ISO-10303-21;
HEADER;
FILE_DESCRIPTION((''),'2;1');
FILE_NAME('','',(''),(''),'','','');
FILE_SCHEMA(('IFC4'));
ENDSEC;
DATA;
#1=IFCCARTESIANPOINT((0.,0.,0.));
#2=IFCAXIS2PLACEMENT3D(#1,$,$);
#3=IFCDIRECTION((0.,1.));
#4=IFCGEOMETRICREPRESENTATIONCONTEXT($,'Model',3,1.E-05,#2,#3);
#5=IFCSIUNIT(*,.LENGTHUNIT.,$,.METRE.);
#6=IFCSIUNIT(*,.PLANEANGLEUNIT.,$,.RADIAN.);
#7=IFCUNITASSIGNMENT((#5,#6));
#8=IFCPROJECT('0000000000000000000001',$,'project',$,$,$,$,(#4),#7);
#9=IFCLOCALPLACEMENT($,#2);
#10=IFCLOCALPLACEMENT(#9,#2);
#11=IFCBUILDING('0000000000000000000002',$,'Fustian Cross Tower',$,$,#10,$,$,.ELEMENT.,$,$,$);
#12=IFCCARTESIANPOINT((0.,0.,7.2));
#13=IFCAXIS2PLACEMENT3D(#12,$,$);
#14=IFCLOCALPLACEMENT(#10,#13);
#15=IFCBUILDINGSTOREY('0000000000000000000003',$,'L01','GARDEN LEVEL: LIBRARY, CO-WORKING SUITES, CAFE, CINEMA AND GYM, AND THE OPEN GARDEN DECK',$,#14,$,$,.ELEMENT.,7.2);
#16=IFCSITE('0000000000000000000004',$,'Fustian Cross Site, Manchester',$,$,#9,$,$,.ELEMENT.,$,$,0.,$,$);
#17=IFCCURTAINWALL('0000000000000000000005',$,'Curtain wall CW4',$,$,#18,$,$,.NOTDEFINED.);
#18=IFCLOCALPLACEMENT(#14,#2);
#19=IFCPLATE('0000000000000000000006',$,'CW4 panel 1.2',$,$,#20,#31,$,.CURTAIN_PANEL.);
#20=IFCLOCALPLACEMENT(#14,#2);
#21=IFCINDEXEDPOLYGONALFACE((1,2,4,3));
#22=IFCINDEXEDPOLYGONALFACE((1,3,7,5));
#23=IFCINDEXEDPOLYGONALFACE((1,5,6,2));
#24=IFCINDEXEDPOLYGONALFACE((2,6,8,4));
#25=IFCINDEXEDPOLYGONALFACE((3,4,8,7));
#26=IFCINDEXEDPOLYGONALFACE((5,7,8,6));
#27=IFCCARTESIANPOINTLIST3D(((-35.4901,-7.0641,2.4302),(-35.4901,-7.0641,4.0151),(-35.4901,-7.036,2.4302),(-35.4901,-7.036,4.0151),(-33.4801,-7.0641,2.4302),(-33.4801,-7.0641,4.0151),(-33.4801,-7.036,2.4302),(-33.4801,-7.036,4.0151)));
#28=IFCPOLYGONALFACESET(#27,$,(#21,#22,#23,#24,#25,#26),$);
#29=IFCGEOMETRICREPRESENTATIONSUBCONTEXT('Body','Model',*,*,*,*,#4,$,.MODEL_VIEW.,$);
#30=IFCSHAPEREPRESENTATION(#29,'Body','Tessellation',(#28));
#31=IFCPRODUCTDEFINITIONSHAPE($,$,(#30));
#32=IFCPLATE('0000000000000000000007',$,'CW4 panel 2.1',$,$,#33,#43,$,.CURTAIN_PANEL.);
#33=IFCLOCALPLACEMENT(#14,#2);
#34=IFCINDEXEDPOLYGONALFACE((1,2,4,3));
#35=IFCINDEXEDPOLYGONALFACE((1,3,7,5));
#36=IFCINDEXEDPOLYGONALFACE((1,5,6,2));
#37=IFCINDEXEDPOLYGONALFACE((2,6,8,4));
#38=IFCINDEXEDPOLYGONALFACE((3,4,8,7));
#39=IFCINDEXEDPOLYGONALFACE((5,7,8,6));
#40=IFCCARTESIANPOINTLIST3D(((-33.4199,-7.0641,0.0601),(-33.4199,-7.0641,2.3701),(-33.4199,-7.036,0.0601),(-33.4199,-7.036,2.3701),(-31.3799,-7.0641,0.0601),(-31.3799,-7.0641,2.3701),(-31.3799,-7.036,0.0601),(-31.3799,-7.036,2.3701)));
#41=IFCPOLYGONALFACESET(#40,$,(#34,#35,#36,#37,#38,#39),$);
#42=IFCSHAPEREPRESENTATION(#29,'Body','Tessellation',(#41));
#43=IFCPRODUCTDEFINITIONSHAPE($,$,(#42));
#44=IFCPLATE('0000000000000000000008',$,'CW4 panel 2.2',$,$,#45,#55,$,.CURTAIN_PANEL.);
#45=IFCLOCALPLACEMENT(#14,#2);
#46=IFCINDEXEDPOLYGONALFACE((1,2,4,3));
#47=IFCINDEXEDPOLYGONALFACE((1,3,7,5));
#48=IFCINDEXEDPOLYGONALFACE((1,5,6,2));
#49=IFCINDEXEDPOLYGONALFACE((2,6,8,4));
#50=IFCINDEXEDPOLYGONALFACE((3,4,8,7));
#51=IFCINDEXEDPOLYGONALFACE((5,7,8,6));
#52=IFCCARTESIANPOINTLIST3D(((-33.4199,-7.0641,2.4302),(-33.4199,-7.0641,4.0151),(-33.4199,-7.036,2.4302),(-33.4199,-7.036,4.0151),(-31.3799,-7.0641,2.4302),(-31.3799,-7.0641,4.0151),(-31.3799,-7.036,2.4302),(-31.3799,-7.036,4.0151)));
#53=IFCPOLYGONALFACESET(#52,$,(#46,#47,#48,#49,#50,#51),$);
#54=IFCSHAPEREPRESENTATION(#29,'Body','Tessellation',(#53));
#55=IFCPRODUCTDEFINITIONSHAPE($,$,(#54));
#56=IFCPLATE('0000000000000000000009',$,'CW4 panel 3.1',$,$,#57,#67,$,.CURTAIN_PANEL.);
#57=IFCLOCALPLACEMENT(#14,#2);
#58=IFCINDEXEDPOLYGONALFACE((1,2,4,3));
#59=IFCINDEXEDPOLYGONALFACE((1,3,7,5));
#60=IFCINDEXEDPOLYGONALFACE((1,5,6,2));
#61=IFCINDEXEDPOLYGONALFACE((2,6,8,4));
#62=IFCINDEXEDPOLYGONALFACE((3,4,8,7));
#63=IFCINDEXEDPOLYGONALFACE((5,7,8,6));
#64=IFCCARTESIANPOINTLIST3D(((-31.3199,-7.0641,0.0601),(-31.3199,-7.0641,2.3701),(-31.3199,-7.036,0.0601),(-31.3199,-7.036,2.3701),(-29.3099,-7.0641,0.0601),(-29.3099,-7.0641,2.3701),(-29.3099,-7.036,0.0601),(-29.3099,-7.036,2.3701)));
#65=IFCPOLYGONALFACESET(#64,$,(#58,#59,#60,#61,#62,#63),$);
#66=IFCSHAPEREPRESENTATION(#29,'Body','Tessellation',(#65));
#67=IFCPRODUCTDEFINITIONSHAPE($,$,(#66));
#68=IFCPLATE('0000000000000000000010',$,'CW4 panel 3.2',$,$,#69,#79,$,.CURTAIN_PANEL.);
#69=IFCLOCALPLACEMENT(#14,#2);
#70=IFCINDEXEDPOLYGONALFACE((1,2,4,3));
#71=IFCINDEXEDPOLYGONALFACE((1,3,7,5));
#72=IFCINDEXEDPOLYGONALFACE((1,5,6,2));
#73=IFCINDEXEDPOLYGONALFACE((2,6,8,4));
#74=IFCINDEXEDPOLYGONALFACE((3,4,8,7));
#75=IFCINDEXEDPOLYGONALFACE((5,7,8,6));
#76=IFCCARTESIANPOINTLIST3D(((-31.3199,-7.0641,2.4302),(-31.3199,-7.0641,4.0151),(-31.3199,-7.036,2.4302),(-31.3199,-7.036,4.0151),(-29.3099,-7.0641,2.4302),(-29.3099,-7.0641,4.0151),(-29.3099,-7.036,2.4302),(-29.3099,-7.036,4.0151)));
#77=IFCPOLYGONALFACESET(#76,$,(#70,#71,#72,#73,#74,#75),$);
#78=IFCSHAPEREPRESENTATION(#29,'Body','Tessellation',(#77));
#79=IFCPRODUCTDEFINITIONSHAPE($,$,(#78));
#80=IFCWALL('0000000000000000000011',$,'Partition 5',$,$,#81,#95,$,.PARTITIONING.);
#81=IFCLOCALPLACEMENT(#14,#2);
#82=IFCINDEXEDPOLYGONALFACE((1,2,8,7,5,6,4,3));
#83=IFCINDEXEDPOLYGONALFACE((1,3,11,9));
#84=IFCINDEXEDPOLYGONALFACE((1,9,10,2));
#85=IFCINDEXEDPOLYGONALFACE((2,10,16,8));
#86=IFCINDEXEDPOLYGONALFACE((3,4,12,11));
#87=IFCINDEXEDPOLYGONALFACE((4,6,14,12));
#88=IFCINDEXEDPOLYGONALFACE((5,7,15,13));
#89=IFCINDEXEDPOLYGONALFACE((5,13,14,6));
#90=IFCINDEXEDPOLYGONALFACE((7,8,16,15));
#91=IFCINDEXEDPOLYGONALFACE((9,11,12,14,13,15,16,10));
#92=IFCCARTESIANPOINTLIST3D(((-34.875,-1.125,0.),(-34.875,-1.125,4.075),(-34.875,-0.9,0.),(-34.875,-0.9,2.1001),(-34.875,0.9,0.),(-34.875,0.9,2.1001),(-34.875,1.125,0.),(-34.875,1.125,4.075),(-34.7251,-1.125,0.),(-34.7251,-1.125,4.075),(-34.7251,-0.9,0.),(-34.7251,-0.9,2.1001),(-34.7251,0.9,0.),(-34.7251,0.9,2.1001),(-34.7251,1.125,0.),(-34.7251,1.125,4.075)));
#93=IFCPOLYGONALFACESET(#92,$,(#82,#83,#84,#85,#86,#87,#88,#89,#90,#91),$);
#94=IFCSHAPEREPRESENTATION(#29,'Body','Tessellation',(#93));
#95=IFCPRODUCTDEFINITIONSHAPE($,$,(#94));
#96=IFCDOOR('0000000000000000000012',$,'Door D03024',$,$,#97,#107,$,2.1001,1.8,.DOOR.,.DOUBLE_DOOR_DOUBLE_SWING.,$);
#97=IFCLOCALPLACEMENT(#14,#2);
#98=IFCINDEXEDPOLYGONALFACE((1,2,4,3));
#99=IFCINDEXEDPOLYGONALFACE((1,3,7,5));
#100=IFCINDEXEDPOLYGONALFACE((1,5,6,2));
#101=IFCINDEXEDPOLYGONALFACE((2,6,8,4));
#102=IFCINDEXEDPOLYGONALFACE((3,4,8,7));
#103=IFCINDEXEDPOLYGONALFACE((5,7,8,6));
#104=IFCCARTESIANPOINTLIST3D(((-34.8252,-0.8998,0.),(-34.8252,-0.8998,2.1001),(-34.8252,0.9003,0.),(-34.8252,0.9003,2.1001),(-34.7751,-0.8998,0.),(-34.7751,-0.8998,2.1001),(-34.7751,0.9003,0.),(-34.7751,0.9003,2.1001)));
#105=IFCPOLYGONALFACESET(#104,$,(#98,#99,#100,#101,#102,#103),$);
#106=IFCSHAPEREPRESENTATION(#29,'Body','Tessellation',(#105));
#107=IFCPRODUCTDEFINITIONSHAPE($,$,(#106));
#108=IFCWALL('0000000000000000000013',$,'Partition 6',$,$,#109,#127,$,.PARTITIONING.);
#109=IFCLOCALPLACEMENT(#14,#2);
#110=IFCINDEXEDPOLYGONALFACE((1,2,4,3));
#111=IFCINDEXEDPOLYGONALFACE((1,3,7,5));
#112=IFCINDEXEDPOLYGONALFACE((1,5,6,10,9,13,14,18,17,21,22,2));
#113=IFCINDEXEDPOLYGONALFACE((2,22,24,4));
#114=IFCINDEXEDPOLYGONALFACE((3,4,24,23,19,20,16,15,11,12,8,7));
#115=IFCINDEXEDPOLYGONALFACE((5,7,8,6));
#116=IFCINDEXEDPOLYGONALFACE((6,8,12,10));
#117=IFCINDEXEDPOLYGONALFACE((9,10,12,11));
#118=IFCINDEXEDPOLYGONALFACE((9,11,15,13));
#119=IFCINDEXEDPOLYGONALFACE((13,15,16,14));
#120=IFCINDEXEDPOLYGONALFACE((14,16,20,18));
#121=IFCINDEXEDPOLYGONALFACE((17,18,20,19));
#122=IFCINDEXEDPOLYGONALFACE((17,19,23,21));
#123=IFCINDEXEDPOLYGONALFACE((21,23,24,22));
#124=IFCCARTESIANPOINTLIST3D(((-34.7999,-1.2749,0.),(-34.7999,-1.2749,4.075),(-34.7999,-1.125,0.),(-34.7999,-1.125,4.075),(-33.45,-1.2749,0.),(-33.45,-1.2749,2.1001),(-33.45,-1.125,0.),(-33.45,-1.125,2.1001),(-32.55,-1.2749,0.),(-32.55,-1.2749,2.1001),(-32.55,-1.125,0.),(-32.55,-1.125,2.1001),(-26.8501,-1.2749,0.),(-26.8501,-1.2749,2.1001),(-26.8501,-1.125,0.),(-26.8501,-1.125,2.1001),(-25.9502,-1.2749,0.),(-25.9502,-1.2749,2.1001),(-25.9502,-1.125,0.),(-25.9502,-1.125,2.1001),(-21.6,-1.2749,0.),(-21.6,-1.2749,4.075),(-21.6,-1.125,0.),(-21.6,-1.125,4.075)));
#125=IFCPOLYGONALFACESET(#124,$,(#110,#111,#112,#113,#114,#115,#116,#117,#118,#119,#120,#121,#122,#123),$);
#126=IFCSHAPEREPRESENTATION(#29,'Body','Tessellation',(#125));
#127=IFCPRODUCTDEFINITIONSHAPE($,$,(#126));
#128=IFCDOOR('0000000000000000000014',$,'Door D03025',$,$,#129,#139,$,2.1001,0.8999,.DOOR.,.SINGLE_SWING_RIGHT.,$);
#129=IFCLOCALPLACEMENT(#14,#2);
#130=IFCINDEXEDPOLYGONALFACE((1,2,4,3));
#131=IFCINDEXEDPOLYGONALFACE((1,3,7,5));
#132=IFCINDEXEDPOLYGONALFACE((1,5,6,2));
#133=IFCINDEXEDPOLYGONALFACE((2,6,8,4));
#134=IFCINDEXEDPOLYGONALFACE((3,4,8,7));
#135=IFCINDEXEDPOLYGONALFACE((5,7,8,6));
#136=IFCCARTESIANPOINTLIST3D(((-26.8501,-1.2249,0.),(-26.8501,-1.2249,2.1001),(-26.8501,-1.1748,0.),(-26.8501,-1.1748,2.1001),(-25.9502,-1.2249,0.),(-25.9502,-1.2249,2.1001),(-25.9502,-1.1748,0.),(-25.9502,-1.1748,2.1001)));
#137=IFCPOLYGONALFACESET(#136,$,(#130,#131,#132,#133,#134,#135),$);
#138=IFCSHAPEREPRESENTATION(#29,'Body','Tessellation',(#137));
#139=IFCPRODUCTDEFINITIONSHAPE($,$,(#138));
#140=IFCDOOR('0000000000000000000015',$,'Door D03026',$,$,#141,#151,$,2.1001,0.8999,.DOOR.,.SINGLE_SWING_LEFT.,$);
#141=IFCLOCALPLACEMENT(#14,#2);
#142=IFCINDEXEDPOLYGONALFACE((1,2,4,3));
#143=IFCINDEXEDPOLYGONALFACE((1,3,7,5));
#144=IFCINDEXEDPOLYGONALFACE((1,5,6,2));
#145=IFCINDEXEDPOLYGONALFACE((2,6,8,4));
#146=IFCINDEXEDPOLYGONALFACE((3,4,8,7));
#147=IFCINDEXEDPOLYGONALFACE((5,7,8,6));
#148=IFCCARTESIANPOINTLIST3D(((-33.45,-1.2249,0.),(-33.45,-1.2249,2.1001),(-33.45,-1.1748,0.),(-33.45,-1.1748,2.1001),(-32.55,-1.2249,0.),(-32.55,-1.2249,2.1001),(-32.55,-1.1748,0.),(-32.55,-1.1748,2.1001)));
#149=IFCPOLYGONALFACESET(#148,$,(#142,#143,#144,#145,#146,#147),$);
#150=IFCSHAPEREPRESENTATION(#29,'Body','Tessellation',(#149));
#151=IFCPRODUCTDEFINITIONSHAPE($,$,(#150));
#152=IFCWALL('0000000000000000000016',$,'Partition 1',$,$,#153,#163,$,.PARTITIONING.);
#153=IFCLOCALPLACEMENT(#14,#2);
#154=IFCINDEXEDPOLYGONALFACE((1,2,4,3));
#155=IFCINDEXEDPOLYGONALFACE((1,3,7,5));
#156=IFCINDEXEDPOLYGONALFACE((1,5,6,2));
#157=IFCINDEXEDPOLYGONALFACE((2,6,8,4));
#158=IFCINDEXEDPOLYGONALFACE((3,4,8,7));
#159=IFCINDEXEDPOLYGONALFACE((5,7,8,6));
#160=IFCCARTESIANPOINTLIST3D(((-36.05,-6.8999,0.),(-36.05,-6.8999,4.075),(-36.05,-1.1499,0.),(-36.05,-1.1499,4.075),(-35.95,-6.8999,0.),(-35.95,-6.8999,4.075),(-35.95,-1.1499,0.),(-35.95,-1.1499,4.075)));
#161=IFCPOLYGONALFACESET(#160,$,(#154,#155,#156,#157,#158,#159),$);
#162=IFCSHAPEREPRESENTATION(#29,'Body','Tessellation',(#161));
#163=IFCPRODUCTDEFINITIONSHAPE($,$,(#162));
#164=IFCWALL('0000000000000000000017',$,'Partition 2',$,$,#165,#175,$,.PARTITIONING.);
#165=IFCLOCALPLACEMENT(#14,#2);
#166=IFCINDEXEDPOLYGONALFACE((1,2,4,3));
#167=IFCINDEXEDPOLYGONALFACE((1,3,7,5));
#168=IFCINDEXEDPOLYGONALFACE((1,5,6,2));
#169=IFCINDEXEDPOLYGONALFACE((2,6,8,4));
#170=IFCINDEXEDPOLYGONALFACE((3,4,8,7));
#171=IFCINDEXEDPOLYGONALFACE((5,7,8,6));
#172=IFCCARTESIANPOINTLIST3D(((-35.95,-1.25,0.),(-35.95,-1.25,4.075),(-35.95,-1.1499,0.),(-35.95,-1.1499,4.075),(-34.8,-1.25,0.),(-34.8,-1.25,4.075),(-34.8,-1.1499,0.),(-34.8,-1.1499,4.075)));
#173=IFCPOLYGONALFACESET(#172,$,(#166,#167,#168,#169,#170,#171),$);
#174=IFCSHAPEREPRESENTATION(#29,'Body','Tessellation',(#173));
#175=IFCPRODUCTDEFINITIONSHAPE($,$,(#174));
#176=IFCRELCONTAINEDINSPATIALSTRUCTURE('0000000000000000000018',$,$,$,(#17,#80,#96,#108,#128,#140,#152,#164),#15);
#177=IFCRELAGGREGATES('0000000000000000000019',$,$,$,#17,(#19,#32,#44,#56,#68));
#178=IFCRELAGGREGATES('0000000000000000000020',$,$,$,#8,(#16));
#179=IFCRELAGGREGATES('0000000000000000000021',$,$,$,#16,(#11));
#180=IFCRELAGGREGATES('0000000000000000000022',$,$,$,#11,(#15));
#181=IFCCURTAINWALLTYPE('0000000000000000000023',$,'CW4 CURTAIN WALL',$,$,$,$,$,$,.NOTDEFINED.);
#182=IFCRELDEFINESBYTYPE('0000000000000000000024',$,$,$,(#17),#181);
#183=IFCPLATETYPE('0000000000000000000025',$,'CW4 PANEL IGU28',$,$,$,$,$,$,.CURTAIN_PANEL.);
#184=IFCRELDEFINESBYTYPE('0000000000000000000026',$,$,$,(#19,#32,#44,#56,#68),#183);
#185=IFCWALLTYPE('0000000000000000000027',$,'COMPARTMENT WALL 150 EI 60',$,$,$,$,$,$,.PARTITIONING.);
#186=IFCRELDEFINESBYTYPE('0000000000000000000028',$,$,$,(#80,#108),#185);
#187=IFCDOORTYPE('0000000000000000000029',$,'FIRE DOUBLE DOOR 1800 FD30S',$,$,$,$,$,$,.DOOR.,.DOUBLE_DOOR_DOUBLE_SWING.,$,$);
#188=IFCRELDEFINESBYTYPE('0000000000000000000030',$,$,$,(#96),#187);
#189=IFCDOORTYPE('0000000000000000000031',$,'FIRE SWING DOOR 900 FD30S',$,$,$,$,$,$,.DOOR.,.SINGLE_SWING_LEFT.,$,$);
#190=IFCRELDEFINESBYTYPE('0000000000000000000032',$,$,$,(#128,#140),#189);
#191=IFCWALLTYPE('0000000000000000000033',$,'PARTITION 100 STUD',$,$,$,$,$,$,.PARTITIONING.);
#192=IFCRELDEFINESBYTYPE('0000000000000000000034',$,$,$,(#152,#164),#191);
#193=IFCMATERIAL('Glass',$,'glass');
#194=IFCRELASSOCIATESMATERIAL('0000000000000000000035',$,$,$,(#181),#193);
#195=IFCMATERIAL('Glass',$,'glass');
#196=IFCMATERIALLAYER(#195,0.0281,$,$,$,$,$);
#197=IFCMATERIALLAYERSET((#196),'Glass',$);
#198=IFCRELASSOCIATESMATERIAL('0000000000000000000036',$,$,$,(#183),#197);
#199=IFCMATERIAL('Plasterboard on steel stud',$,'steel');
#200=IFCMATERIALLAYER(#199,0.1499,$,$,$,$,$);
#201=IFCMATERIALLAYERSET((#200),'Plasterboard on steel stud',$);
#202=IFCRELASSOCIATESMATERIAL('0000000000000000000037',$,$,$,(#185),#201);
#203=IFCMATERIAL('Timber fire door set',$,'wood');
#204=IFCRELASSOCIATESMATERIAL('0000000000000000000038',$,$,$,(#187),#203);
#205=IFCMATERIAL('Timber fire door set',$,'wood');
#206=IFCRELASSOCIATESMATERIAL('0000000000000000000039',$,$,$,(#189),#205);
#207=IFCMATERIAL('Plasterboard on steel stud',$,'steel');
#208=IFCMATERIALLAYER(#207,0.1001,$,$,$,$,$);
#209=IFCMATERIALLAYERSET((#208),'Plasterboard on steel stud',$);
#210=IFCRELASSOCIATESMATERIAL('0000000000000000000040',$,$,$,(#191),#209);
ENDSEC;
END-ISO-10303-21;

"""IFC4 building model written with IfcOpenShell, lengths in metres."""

from ifc_helpers import new_model, si_unit, direction, frame, frame_2d, origin, origin_2d, place, context, subcontext, project, spatial, rectangle, extrude, material, layer, layer_set, type_object, element, fill, aggregate, save


model = new_model("IFC4")

# Units and contexts
model_context = context("Model", 3, precision=1e-05, world=origin(), true_north=direction((0.0, 1.0)))
body_context = subcontext(model_context, "Body", "Model", "MODEL_VIEW")
ifc_project = project(units=[si_unit("LENGTHUNIT", "METRE"), si_unit("PLANEANGLEUNIT", "RADIAN")], contexts=[model_context])

# Site, building, storey
site_placement = place(None, origin())
site = spatial("IfcSite", under=ifc_project, at=site_placement, Name="Fustian Cross Site, Manchester", CompositionType="ELEMENT", RefElevation=0.0)
building_placement = place(site_placement, origin())
building = spatial("IfcBuilding", under=site, at=building_placement, Name="Fustian Cross Tower", CompositionType="ELEMENT")
storey_placement = place(building_placement, frame((0.0, 0.0, 7.2)))
storey = spatial("IfcBuildingStorey", under=building, at=storey_placement, Name="L01", Description="GARDEN LEVEL: LIBRARY, CO-WORKING SUITES, CAFE, CINEMA AND GYM, AND THE OPEN GARDEN DECK", CompositionType="ELEMENT", Elevation=7.2)

# Curtain wall
ifc_material_1 = material(Name="Glass", Category="glass")
curtain_wall_type = type_object("IfcCurtainWallType", Name="CW4 CURTAIN WALL", PredefinedType="NOTDEFINED", material=ifc_material_1)
curtain_wall_placement = place(storey_placement, origin())
curtain_wall = element("IfcCurtainWall", 1, at=curtain_wall_placement, inside=storey, type_object=curtain_wall_type, Name="Curtain wall CW4", PredefinedType="NOTDEFINED")

# Plates
ifc_material_2 = material(Name="Glass", Category="glass")
ifc_layer_1 = layer(ifc_material_2, 0.0281)
ifc_layer_set_1 = layer_set([ifc_layer_1], Name="Glass")
plate_type = type_object("IfcPlateType", Name="CW4 PANEL IGU28", PredefinedType="CURTAIN_PANEL", material=ifc_layer_set_1)
plate_1_placement = place(storey_placement, frame((-34.4851, -7.05, 2.4302), z_axis=(0.0, 0.0, 1.0), x_axis=(1.0, 0.0, 0.0)))
plate_1 = element("IfcPlate", 2, at=plate_1_placement, type_object=plate_type, Name="CW4 panel 1.2", PredefinedType="CURTAIN_PANEL", context=body_context, shape_type="SweptSolid", body=[
    extrude(rectangle(XDim=2.01, YDim=0.0281, at=origin_2d()), origin(), (0.0, 0.0, 1.0), 1.585),
])
plate_2_placement = place(storey_placement, frame((-32.3999, -7.05, 0.0601), z_axis=(0.0, 0.0, 1.0), x_axis=(1.0, 0.0, 0.0)))
plate_2 = element("IfcPlate", 3, at=plate_2_placement, type_object=plate_type, Name="CW4 panel 2.1", PredefinedType="CURTAIN_PANEL", context=body_context, shape_type="SweptSolid", body=[
    extrude(rectangle(XDim=2.04, YDim=0.0281, at=origin_2d()), origin(), (0.0, 0.0, 1.0), 2.3101),
])
plate_3_placement = place(storey_placement, frame((-32.3999, -7.05, 2.4302), z_axis=(0.0, 0.0, 1.0), x_axis=(1.0, 0.0, 0.0)))
plate_3 = element("IfcPlate", 4, at=plate_3_placement, type_object=plate_type, Name="CW4 panel 2.2", PredefinedType="CURTAIN_PANEL", context=body_context, shape_type="SweptSolid", body=[
    extrude(rectangle(XDim=2.04, YDim=0.0281, at=origin_2d()), origin(), (0.0, 0.0, 1.0), 1.585),
])
plate_4_placement = place(storey_placement, frame((-30.3149, -7.05, 0.0601), z_axis=(0.0, 0.0, 1.0), x_axis=(1.0, 0.0, 0.0)))
plate_4 = element("IfcPlate", 5, at=plate_4_placement, type_object=plate_type, Name="CW4 panel 3.1", PredefinedType="CURTAIN_PANEL", context=body_context, shape_type="SweptSolid", body=[
    extrude(rectangle(XDim=2.01, YDim=0.0281, at=origin_2d()), origin(), (0.0, 0.0, 1.0), 2.3101),
])
plate_5_placement = place(storey_placement, frame((-30.3149, -7.05, 2.4302), z_axis=(0.0, 0.0, 1.0), x_axis=(1.0, 0.0, 0.0)))
plate_5 = element("IfcPlate", 6, at=plate_5_placement, type_object=plate_type, Name="CW4 panel 3.2", PredefinedType="CURTAIN_PANEL", context=body_context, shape_type="SweptSolid", body=[
    extrude(rectangle(XDim=2.01, YDim=0.0281, at=origin_2d()), origin(), (0.0, 0.0, 1.0), 1.585),
])
aggregate(curtain_wall, [plate_1, plate_2, plate_3, plate_4, plate_5])

# Wall, opening, door
ifc_material_3 = material(Name="Plasterboard on steel stud", Category="steel")
ifc_layer_2 = layer(ifc_material_3, 0.1499)
ifc_layer_set_2 = layer_set([ifc_layer_2], Name="Plasterboard on steel stud")
wall_type_1 = type_object("IfcWallType", Name="COMPARTMENT WALL 150 EI 60", PredefinedType="PARTITIONING", material=ifc_layer_set_2)
wall_1_placement = place(storey_placement, frame((-34.8, -1.125, 0.0), z_axis=(0.0, 0.0, 1.0), x_axis=(0.0, 1.0, 0.0)))
wall_1 = element("IfcWall", 7, at=wall_1_placement, inside=storey, type_object=wall_type_1, Name="Partition 5", PredefinedType="PARTITIONING", context=body_context, shape_type="SweptSolid", body=[
    extrude(rectangle(XDim=2.25, YDim=0.1499, at=frame_2d((1.125, 0.0))), origin(), (0.0, 0.0, 1.0), 4.075),
])
opening_1_placement = place(wall_1_placement, frame((0.2251, 0.0, 0.0)))
opening_1 = element("IfcOpeningElement", 8, at=opening_1_placement, cuts=wall_1, PredefinedType="OPENING", context=body_context, shape_type="SweptSolid", body=[
    extrude(rectangle(XDim=1.8, YDim=2.1001, at=frame_2d((0.8999, 1.05))), frame((0.0, 0.085, 0.0), z_axis=(0.0, -1.0, 0.0), x_axis=(1.0, 0.0, 0.0)), (0.0, 0.0, 1.0), 0.1699),
])
ifc_material_4 = material(Name="Timber fire door set", Category="wood")
door_type_1 = type_object("IfcDoorType", Name="FIRE DOUBLE DOOR 1800 FD30S", OperationType="DOUBLE_DOOR_DOUBLE_SWING", PredefinedType="DOOR", material=ifc_material_4)
door_1_placement = place(opening_1_placement, frame((1.8, 0.0, 0.0), z_axis=(0.0, 0.0, 1.0), x_axis=(-1.0, 0.0, 0.0)))
door_1 = element("IfcDoor", 9, at=door_1_placement, inside=storey, type_object=door_type_1, Name="Door D03024", OperationType="DOUBLE_DOOR_DOUBLE_SWING", OverallHeight=2.1001, OverallWidth=1.8, PredefinedType="DOOR", context=body_context, shape_type="SweptSolid", body=[
    extrude(rectangle(XDim=1.8, YDim=2.1001, at=frame_2d((0.8999, 1.05))), frame((0.0, 0.0249, 0.0), z_axis=(0.0, -1.0, 0.0), x_axis=(1.0, 0.0, 0.0)), (0.0, 0.0, 1.0), 0.05),
])
fill(opening_1, door_1)

# Wall, openings, doors
wall_2_placement = place(storey_placement, frame((-34.8, -1.2, 0.0), z_axis=(0.0, 0.0, 1.0), x_axis=(1.0, 0.0, 0.0)))
wall_2 = element("IfcWall", 10, at=wall_2_placement, inside=storey, type_object=wall_type_1, Name="Partition 6", PredefinedType="PARTITIONING", context=body_context, shape_type="SweptSolid", body=[
    extrude(rectangle(XDim=13.2, YDim=0.1499, at=frame_2d((6.6001, 0.0))), origin(), (0.0, 0.0, 1.0), 4.075),
])
opening_2_placement = place(wall_2_placement, frame((7.95, 0.0, 0.0)))
opening_2 = element("IfcOpeningElement", 11, at=opening_2_placement, cuts=wall_2, PredefinedType="OPENING", context=body_context, shape_type="SweptSolid", body=[
    extrude(rectangle(XDim=0.8999, YDim=2.1001, at=frame_2d((0.45, 1.05))), frame((0.0, 0.085, 0.0), z_axis=(0.0, -1.0, 0.0), x_axis=(1.0, 0.0, 0.0)), (0.0, 0.0, 1.0), 0.1699),
])
opening_3_placement = place(wall_2_placement, frame((1.3501, 0.0, 0.0)))
opening_3 = element("IfcOpeningElement", 12, at=opening_3_placement, cuts=wall_2, PredefinedType="OPENING", context=body_context, shape_type="SweptSolid", body=[
    extrude(rectangle(XDim=0.8999, YDim=2.1001, at=frame_2d((0.45, 1.05))), frame((0.0, 0.085, 0.0), z_axis=(0.0, -1.0, 0.0), x_axis=(1.0, 0.0, 0.0)), (0.0, 0.0, 1.0), 0.1699),
])
ifc_material_5 = material(Name="Timber fire door set", Category="wood")
door_type_2 = type_object("IfcDoorType", Name="FIRE SWING DOOR 900 FD30S", OperationType="SINGLE_SWING_LEFT", PredefinedType="DOOR", material=ifc_material_5)
door_2_placement = place(opening_2_placement, frame((0.8999, 0.0, 0.0), z_axis=(0.0, 0.0, 1.0), x_axis=(-1.0, 0.0, 0.0)))
door_2 = element("IfcDoor", 13, at=door_2_placement, inside=storey, type_object=door_type_2, Name="Door D03025", OperationType="SINGLE_SWING_RIGHT", OverallHeight=2.1001, OverallWidth=0.8999, PredefinedType="DOOR", context=body_context, shape_type="SweptSolid", body=[
    extrude(rectangle(XDim=0.8999, YDim=2.1001, at=frame_2d((0.45, 1.05))), frame((0.0, 0.0249, 0.0), z_axis=(0.0, -1.0, 0.0), x_axis=(1.0, 0.0, 0.0)), (0.0, 0.0, 1.0), 0.05),
])
fill(opening_2, door_2)
door_3_placement = place(opening_3_placement, frame((0.8999, 0.0, 0.0), z_axis=(0.0, 0.0, 1.0), x_axis=(-1.0, 0.0, 0.0)))
door_3 = element("IfcDoor", 14, at=door_3_placement, inside=storey, type_object=door_type_2, Name="Door D03026", OperationType="SINGLE_SWING_LEFT", OverallHeight=2.1001, OverallWidth=0.8999, PredefinedType="DOOR", context=body_context, shape_type="SweptSolid", body=[
    extrude(rectangle(XDim=0.8999, YDim=2.1001, at=frame_2d((0.45, 1.05))), frame((0.0, 0.0249, 0.0), z_axis=(0.0, -1.0, 0.0), x_axis=(1.0, 0.0, 0.0)), (0.0, 0.0, 1.0), 0.05),
])
fill(opening_3, door_3)

# Walls
ifc_material_6 = material(Name="Plasterboard on steel stud", Category="steel")
ifc_layer_3 = layer(ifc_material_6, 0.1001)
ifc_layer_set_3 = layer_set([ifc_layer_3], Name="Plasterboard on steel stud")
wall_type_2 = type_object("IfcWallType", Name="PARTITION 100 STUD", PredefinedType="PARTITIONING", material=ifc_layer_set_3)
wall_3_placement = place(storey_placement, frame((-36.0, -6.8999, 0.0), z_axis=(0.0, 0.0, 1.0), x_axis=(0.0, 1.0, 0.0)))
element("IfcWall", 15, at=wall_3_placement, inside=storey, type_object=wall_type_2, Name="Partition 1", PredefinedType="PARTITIONING", context=body_context, shape_type="SweptSolid", body=[
    extrude(rectangle(XDim=5.75, YDim=0.1001, at=frame_2d((2.875, 0.0))), origin(), (0.0, 0.0, 1.0), 4.075),
])
wall_4_placement = place(storey_placement, frame((-35.95, -1.2, 0.0), z_axis=(0.0, 0.0, 1.0), x_axis=(1.0, 0.0, 0.0)))
element("IfcWall", 16, at=wall_4_placement, inside=storey, type_object=wall_type_2, Name="Partition 2", PredefinedType="PARTITIONING", context=body_context, shape_type="SweptSolid", body=[
    extrude(rectangle(XDim=1.1499, YDim=0.1001, at=frame_2d((0.575, 0.0))), origin(), (0.0, 0.0, 1.0), 4.075),
])

save(model, "model.ifc")
